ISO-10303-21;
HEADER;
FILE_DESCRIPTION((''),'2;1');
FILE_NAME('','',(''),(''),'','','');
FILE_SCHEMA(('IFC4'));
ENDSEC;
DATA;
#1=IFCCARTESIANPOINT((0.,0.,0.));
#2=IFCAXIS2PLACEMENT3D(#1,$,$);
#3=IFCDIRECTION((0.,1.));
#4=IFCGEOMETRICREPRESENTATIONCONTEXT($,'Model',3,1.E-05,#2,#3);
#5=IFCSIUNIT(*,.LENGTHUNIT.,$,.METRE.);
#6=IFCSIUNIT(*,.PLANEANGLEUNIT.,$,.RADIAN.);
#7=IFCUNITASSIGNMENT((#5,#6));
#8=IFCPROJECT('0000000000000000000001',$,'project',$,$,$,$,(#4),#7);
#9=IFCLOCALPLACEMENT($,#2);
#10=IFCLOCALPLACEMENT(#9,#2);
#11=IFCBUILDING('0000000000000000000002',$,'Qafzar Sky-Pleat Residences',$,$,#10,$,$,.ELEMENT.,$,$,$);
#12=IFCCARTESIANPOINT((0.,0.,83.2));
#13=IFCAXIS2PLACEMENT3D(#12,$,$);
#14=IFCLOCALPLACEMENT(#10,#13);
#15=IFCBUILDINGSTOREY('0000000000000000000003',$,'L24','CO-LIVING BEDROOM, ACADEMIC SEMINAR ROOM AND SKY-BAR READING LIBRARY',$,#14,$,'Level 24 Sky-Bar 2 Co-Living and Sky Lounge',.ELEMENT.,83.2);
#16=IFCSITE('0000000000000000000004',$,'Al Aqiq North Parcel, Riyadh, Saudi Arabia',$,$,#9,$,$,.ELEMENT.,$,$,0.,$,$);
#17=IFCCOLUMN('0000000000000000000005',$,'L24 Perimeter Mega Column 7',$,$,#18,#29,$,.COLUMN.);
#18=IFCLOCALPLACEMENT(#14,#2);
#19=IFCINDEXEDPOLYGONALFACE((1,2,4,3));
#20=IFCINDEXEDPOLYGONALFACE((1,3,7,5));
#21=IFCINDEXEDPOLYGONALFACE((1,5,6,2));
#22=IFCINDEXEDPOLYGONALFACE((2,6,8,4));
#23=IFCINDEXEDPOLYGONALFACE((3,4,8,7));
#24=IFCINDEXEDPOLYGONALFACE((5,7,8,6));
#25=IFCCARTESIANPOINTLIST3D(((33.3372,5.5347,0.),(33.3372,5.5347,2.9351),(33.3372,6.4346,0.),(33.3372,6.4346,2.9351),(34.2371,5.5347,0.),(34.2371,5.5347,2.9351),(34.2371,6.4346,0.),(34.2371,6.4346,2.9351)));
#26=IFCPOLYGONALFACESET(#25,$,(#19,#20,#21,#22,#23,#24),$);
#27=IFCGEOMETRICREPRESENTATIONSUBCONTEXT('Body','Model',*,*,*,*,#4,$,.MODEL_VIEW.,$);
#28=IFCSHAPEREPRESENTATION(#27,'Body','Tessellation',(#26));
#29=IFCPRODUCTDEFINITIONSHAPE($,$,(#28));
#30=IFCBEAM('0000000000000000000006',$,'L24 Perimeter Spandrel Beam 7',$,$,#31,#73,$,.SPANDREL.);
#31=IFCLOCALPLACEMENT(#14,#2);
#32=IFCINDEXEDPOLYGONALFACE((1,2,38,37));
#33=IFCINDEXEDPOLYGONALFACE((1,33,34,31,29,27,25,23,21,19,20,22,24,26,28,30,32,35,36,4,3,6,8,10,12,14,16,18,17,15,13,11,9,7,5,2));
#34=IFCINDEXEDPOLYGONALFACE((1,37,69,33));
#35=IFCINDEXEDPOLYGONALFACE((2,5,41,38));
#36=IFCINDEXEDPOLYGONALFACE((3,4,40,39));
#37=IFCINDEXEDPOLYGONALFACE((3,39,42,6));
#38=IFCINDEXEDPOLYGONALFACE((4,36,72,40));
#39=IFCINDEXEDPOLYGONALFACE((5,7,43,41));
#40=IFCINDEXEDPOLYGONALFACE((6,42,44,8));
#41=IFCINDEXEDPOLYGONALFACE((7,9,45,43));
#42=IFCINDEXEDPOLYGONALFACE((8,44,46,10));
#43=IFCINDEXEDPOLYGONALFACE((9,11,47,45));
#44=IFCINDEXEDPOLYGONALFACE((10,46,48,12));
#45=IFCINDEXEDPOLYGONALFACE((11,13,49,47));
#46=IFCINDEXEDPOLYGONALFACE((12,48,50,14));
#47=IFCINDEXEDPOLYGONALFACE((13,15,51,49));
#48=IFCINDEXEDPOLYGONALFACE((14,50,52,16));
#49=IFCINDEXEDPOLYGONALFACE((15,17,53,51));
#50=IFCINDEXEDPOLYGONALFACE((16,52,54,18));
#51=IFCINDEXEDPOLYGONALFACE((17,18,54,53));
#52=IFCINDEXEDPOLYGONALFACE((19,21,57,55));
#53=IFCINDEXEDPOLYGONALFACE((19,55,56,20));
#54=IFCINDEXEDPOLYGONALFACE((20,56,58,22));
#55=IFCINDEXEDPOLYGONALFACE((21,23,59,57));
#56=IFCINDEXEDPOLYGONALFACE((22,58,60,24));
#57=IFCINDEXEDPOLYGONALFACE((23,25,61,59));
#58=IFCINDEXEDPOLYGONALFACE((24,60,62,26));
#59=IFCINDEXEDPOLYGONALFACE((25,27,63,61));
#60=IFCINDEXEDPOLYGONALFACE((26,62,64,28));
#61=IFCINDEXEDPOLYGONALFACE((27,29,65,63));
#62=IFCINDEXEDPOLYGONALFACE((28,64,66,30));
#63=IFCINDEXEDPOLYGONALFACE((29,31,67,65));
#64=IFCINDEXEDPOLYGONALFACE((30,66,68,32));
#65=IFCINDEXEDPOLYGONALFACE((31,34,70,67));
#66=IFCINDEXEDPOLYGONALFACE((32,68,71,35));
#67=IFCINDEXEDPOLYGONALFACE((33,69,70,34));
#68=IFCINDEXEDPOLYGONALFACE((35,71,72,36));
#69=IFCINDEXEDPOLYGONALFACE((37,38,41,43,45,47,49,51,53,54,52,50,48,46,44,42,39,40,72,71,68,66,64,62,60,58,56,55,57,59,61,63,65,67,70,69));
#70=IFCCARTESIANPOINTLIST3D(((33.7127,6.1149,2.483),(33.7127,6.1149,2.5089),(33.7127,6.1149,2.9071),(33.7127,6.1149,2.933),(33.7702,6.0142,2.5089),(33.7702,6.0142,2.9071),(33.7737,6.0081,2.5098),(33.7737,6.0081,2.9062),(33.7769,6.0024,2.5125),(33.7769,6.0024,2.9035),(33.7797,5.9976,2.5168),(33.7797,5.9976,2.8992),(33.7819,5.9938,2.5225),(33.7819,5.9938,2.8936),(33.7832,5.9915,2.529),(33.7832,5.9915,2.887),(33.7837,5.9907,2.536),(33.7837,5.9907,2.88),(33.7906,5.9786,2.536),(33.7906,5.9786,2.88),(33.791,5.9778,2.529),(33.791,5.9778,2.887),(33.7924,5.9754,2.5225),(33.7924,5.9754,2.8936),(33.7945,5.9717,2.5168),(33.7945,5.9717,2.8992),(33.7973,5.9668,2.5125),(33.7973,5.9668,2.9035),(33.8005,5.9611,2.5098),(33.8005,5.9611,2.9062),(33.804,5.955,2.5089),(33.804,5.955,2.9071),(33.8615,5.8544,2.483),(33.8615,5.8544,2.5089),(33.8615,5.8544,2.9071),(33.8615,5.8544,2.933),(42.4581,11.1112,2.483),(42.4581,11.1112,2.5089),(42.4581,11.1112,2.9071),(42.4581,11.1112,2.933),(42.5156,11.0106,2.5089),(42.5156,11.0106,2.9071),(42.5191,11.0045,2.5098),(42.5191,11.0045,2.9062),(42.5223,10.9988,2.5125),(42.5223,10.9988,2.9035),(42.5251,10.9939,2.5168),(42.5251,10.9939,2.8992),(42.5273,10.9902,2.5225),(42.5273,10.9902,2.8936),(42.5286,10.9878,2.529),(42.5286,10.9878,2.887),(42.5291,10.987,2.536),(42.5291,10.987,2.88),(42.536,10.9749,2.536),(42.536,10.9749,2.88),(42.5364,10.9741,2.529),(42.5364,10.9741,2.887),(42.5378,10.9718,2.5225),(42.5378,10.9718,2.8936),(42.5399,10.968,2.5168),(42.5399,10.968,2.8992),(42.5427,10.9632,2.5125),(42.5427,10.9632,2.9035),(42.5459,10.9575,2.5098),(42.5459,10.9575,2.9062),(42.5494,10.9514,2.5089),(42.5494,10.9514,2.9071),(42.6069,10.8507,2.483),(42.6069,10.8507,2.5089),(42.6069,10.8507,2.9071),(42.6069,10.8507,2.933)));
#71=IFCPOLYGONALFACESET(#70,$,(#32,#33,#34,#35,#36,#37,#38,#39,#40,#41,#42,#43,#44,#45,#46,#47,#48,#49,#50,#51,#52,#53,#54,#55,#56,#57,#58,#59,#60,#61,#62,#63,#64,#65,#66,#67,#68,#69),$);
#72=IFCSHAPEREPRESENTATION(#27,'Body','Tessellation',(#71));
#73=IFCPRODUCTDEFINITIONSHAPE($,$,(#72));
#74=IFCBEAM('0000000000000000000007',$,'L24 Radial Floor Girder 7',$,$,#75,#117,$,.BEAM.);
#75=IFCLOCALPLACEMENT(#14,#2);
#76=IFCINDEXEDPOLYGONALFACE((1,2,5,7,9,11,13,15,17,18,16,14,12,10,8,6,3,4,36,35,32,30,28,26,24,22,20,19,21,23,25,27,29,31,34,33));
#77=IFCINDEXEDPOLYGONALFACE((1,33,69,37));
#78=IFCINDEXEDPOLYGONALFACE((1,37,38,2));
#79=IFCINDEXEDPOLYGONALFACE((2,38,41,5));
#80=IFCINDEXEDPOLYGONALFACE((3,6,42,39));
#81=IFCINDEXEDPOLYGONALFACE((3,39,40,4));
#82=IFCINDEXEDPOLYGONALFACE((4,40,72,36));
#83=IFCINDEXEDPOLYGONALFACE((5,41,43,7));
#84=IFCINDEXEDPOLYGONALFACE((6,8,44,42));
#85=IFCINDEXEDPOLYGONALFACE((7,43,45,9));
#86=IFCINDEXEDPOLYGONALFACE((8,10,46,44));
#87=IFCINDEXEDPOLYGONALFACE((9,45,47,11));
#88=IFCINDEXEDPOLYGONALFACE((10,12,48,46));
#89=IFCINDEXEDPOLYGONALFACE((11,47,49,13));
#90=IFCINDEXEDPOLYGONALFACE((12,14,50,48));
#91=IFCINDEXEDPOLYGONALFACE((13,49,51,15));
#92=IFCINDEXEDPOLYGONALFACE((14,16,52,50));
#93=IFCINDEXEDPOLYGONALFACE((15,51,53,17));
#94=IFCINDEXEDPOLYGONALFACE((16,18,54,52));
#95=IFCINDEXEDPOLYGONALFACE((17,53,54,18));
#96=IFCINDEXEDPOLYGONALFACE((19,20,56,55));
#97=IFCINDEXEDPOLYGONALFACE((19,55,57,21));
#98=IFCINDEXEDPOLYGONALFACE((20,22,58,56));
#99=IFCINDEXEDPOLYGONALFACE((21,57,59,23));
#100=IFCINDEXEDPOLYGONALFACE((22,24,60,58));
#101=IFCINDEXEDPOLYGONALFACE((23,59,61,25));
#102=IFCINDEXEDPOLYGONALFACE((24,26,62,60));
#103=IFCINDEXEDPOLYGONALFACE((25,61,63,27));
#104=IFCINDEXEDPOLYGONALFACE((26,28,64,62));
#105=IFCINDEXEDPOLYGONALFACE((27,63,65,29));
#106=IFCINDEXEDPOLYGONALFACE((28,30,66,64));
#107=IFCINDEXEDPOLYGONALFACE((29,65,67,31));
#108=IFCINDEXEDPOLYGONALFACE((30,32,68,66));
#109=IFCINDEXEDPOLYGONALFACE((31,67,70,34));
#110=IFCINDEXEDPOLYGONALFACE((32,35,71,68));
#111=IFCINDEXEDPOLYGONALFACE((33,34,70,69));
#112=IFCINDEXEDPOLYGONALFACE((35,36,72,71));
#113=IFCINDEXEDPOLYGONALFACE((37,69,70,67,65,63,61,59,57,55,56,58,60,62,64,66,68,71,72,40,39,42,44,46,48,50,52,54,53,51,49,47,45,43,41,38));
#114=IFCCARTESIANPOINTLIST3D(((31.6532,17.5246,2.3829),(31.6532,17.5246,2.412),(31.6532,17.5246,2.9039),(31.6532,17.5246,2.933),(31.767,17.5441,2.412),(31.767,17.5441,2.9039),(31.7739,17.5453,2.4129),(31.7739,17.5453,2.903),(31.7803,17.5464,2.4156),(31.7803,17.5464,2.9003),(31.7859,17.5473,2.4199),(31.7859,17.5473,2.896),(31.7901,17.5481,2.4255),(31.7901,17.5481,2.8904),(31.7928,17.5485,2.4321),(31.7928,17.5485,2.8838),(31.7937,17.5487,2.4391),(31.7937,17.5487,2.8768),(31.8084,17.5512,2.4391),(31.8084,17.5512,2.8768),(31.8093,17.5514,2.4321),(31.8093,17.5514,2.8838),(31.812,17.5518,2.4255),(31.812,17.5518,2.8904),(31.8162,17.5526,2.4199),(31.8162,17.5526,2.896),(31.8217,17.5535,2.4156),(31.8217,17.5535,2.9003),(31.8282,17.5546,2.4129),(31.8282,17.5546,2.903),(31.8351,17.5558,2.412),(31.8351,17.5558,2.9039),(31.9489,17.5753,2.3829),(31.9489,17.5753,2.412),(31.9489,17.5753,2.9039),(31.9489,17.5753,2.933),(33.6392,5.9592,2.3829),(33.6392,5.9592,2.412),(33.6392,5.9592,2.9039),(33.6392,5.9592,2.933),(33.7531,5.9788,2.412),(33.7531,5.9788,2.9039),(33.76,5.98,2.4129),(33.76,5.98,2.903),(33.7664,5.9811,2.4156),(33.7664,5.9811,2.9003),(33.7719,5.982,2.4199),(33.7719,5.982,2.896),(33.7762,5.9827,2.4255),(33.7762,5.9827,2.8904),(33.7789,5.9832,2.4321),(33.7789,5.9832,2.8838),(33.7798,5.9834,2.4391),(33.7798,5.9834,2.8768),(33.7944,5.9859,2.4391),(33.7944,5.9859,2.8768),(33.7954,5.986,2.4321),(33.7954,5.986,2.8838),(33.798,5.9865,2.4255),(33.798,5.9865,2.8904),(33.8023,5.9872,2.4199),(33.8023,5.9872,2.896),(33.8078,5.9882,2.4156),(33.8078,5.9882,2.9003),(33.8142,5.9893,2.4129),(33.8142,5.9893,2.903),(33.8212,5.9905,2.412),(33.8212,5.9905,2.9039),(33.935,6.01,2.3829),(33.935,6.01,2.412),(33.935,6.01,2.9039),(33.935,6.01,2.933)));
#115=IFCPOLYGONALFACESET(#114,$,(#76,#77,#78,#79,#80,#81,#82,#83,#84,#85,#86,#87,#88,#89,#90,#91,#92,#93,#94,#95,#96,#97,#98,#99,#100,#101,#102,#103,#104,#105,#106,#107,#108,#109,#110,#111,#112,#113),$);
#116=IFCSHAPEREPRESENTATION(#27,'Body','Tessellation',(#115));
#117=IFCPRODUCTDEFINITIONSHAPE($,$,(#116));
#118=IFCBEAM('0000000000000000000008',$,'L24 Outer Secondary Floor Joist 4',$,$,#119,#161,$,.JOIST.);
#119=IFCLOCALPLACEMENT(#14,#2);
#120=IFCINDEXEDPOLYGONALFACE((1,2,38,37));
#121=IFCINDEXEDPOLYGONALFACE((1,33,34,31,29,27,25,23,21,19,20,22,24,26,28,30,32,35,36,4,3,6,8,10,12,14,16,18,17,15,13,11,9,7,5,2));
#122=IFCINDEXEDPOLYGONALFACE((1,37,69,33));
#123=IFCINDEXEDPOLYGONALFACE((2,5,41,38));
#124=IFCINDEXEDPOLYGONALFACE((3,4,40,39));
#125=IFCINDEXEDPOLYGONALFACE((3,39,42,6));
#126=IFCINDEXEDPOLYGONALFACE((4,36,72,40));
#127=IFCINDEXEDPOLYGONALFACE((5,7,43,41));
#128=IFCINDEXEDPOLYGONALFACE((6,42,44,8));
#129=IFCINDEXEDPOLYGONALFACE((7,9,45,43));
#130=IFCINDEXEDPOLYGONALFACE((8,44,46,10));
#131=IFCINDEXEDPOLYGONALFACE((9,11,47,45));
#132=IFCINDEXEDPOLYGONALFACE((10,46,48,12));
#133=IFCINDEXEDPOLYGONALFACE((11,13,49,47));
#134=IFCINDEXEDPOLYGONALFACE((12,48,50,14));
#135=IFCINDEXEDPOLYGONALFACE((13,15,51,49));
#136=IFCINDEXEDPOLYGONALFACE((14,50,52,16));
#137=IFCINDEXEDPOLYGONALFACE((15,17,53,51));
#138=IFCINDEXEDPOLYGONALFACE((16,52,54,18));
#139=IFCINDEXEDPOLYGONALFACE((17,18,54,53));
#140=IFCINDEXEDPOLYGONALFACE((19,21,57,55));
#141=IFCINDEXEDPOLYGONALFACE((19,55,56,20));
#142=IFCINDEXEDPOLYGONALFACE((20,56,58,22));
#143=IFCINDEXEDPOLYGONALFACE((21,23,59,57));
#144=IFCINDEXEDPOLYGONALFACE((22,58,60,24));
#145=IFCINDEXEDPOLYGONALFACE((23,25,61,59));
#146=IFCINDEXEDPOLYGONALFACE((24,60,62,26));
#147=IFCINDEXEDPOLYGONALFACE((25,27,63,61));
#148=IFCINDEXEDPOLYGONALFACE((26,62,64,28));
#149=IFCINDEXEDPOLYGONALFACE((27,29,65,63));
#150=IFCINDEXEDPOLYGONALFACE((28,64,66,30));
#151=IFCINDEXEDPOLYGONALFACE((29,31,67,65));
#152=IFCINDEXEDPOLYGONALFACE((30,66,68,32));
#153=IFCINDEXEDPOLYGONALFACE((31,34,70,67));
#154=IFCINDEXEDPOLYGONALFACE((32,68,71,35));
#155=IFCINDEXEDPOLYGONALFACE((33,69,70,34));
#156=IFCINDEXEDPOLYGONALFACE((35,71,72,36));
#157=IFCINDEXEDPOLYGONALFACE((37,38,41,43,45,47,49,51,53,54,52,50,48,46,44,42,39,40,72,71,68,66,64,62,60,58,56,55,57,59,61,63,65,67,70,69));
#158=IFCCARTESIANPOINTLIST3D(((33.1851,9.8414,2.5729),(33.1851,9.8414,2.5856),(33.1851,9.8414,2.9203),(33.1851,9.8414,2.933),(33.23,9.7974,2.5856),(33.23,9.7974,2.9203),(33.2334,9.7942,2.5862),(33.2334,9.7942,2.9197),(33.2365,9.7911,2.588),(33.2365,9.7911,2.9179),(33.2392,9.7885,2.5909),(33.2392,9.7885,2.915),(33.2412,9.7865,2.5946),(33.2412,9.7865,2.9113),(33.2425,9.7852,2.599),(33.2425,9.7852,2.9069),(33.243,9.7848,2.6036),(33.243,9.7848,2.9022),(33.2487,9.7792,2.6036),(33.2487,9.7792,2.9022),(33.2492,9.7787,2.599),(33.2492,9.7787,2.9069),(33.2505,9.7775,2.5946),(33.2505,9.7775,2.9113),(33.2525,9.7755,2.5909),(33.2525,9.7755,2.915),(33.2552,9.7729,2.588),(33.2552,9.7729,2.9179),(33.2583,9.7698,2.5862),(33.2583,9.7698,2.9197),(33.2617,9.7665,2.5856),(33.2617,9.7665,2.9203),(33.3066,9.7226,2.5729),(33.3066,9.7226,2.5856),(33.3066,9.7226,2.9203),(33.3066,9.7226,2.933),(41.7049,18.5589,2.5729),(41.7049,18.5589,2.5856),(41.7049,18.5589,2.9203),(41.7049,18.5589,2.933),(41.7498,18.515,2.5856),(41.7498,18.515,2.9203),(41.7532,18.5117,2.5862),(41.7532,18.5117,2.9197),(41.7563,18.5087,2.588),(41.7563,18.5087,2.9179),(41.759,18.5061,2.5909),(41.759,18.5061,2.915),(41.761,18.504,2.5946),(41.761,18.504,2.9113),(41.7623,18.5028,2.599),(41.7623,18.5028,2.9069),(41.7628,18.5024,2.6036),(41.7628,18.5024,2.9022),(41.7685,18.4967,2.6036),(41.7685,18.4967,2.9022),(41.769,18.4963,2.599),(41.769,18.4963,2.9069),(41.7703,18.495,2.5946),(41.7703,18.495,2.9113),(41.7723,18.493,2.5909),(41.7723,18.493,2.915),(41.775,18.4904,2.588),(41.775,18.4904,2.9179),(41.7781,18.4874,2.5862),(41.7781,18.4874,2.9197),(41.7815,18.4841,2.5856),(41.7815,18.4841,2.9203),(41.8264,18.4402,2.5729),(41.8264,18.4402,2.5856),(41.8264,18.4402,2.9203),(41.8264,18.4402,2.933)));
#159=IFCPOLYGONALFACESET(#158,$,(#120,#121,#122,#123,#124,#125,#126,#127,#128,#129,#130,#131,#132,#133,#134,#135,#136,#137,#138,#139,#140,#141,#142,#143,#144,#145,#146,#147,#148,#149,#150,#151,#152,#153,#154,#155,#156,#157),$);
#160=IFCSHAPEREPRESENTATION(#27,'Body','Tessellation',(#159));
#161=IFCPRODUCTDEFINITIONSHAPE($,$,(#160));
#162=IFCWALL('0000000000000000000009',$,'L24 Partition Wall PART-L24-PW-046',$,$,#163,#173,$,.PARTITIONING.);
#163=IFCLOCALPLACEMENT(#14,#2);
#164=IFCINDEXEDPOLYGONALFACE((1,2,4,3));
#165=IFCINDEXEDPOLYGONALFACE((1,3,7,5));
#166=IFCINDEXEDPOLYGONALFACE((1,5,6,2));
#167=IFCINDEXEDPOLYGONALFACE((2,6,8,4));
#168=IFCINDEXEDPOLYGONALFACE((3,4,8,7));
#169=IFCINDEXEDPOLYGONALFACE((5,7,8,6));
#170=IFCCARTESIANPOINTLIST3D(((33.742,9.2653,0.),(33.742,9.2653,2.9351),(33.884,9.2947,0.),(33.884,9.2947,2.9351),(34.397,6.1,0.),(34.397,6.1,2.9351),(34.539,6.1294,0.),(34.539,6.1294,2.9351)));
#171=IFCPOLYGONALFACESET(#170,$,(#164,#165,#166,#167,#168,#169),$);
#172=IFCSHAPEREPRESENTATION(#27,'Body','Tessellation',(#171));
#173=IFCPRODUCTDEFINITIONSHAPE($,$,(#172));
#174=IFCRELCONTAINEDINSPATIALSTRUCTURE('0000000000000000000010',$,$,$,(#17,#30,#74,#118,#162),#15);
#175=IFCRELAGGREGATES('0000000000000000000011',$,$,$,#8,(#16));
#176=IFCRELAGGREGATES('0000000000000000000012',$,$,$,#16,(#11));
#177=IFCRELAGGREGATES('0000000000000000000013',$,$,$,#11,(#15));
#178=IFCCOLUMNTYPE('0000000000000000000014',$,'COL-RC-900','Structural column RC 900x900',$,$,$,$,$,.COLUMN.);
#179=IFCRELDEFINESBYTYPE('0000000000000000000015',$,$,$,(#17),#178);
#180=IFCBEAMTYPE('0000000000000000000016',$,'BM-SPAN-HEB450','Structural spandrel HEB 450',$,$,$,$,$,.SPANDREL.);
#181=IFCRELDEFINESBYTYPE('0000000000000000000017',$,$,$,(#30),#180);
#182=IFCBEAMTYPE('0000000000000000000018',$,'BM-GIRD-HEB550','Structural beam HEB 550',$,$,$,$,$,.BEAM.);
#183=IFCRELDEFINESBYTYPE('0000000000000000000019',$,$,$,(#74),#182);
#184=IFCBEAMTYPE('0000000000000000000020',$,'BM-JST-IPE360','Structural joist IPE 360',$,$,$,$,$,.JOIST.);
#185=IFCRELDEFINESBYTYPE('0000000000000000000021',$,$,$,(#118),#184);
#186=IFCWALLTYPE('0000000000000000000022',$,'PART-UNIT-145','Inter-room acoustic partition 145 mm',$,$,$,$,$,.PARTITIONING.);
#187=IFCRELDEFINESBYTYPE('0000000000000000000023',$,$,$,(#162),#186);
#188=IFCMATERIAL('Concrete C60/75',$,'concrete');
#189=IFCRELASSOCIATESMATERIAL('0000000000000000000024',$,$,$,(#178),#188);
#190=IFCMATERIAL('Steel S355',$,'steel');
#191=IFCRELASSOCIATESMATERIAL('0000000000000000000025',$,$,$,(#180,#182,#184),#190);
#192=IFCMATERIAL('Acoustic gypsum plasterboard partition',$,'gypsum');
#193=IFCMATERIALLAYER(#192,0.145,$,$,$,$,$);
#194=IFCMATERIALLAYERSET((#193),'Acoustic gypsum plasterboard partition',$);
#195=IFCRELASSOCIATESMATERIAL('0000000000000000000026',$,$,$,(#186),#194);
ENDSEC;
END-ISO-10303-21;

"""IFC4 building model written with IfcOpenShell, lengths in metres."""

from ifc_helpers import new_model, si_unit, direction, frame, frame_2d, origin, origin_2d, place, context, subcontext, project, spatial, rectangle, i_section, extrude, source, transform, mapped, material, layer, layer_set, material_profile, profile_set, type_object, element, save


model = new_model("IFC4")

# Units and contexts
model_context = context("Model", 3, precision=1e-05, world=origin(), true_north=direction((0.0, 1.0)))
body_context = subcontext(model_context, "Body", "Model", "MODEL_VIEW")
ifc_project = project(units=[si_unit("LENGTHUNIT", "METRE"), si_unit("PLANEANGLEUNIT", "RADIAN")], contexts=[model_context])

# Site, building, storey
site_placement = place(None, origin())
site = spatial("IfcSite", under=ifc_project, at=site_placement, Name="Al Aqiq North Parcel, Riyadh, Saudi Arabia", CompositionType="ELEMENT", RefElevation=0.0)
building_placement = place(site_placement, origin())
building = spatial("IfcBuilding", under=site, at=building_placement, Name="Qafzar Sky-Pleat Residences", CompositionType="ELEMENT")
storey_placement = place(building_placement, frame((0.0, 0.0, 83.2)))
storey = spatial("IfcBuildingStorey", under=building, at=storey_placement, Name="L24", Description="CO-LIVING BEDROOM, ACADEMIC SEMINAR ROOM AND SKY-BAR READING LIBRARY", LongName="Level 24 Sky-Bar 2 Co-Living and Sky Lounge", CompositionType="ELEMENT", Elevation=83.2)

# Column
ifc_material_1 = material(Name="Concrete C60/75", Category="concrete")
ifc_material_profile_1 = material_profile(ifc_material_1, rectangle(XDim=0.8999, YDim=0.8999, at=origin_2d()), Name="RC 900x900")
ifc_profile_set_1 = profile_set([ifc_material_profile_1], Name="Concrete C60/75")
column_type = type_object("IfcColumnType", Name="COL-RC-900", Description="Structural column RC 900x900", PredefinedType="COLUMN", material=ifc_profile_set_1)
shared_shape_1 = source(origin(), body_context, "Body", "SweptSolid", [
    extrude(rectangle(XDim=0.8999, YDim=0.8999, at=origin_2d()), origin(), (0.0, 0.0, 1.0), 2.9351),
])
column_placement = place(storey_placement, frame((33.7871, 5.9846, 0.0), z_axis=(0.0, 0.0, 1.0), x_axis=(1.0, 0.0, 0.0)))
element("IfcColumn", 1, at=column_placement, inside=storey, type_object=column_type, Name="L24 Perimeter Mega Column 7", PredefinedType="COLUMN", context=body_context, shape_type="MappedRepresentation", body=[
    mapped(shared_shape_1, transform((0.0, 0.0, 0.0), x_axis=(1.0, 0.0, 0.0), y_axis=(0.0, 1.0, 0.0), z_axis=(0.0, 0.0, 1.0), scale=1.0)),
])

# Beams
ifc_material_2 = material(Name="Steel S355", Category="steel")
ifc_material_profile_2 = material_profile(ifc_material_2, i_section(OverallWidth=0.3, OverallDepth=0.45, WebThickness=0.0139, FlangeThickness=0.0259, FilletRadius=0.0271, at=origin_2d()), Name="HEB 450")
ifc_profile_set_2 = profile_set([ifc_material_profile_2], Name="Steel S355")
beam_type_1 = type_object("IfcBeamType", Name="BM-SPAN-HEB450", Description="Structural spandrel HEB 450", PredefinedType="SPANDREL", material=ifc_profile_set_2)
shared_shape_2 = source(origin(), body_context, "Body", "SweptSolid", [
    extrude(i_section(OverallWidth=0.3, OverallDepth=0.45, WebThickness=0.0139, FlangeThickness=0.0259, FilletRadius=0.0271, at=origin_2d()), origin(), (0.0, 0.0, 1.0), 10.072),
])
beam_1_placement = place(storey_placement, frame((33.7871, 5.9846, 2.708), z_axis=(0.868286, 0.496063, 0.0), x_axis=(-0.496063, 0.868286, 0.0)))
element("IfcBeam", 2, at=beam_1_placement, inside=storey, type_object=beam_type_1, Name="L24 Perimeter Spandrel Beam 7", PredefinedType="SPANDREL", context=body_context, shape_type="MappedRepresentation", body=[
    mapped(shared_shape_2, transform((0.0, 0.0, 0.0), x_axis=(1.0, 0.0, 0.0), y_axis=(0.0, 1.0, 0.0), z_axis=(0.0, 0.0, 1.0), scale=1.0)),
])
ifc_material_profile_3 = material_profile(ifc_material_2, i_section(OverallWidth=0.3, OverallDepth=0.55, WebThickness=0.0149, FlangeThickness=0.0291, FilletRadius=0.0271, at=origin_2d()), Name="HEB 550")
ifc_profile_set_3 = profile_set([ifc_material_profile_3], Name="Steel S355")
beam_type_2 = type_object("IfcBeamType", Name="BM-GIRD-HEB550", Description="Structural beam HEB 550", PredefinedType="BEAM", material=ifc_profile_set_3)
shared_shape_3 = source(origin(), body_context, "Body", "SweptSolid", [
    extrude(i_section(OverallWidth=0.3, OverallDepth=0.55, WebThickness=0.0149, FlangeThickness=0.0291, FilletRadius=0.0271, at=origin_2d()), origin(), (0.0, 0.0, 1.0), 11.7346),
])
beam_2_placement = place(storey_placement, frame((33.7871, 5.9846, 2.658), z_axis=(-0.169248, 0.985573, 0.0), x_axis=(-0.985573, -0.169248, 0.0)))
element("IfcBeam", 3, at=beam_2_placement, inside=storey, type_object=beam_type_2, Name="L24 Radial Floor Girder 7", PredefinedType="BEAM", context=body_context, shape_type="MappedRepresentation", body=[
    mapped(shared_shape_3, transform((0.0, 0.0, 0.0), x_axis=(1.0, 0.0, 0.0), y_axis=(0.0, 1.0, 0.0), z_axis=(0.0, 0.0, 1.0), scale=1.0)),
])
ifc_material_profile_4 = material_profile(ifc_material_2, i_section(OverallWidth=0.1699, OverallDepth=0.3601, WebThickness=0.0081, FlangeThickness=0.0127, FilletRadius=0.0181, at=origin_2d()), Name="IPE 360")
ifc_profile_set_4 = profile_set([ifc_material_profile_4], Name="Steel S355")
beam_type_3 = type_object("IfcBeamType", Name="BM-JST-IPE360", Description="Structural joist IPE 360", PredefinedType="JOIST", material=ifc_profile_set_4)
shared_shape_4 = source(origin(), body_context, "Body", "SweptSolid", [
    extrude(i_section(OverallWidth=0.1699, OverallDepth=0.3601, WebThickness=0.0081, FlangeThickness=0.0127, FilletRadius=0.0181, at=origin_2d()), origin(), (0.0, 0.0, 1.0), 12.1895),
])
beam_3_placement = place(storey_placement, frame((33.2458, 9.782, 2.7529), z_axis=(0.698949, 0.715172, 0.0), x_axis=(-0.715172, 0.698949, 0.0)))
element("IfcBeam", 4, at=beam_3_placement, inside=storey, type_object=beam_type_3, Name="L24 Outer Secondary Floor Joist 4", PredefinedType="JOIST", context=body_context, shape_type="MappedRepresentation", body=[
    mapped(shared_shape_4, transform((0.0, 0.0, 0.0), x_axis=(1.0, 0.0, 0.0), y_axis=(0.0, 1.0, 0.0), z_axis=(0.0, 0.0, 1.0), scale=1.0)),
])

# Wall
ifc_material_3 = material(Name="Acoustic gypsum plasterboard partition", Category="gypsum")
ifc_layer_1 = layer(ifc_material_3, 0.145)
ifc_layer_set_1 = layer_set([ifc_layer_1], Name="Acoustic gypsum plasterboard partition")
wall_type_1 = type_object("IfcWallType", Name="PART-UNIT-145", Description="Inter-room acoustic partition 145 mm", PredefinedType="PARTITIONING", material=ifc_layer_set_1)
wall_1_placement = place(storey_placement, frame((33.813, 9.28, 0.0), z_axis=(0.0, 0.0, 1.0), x_axis=(0.202648, -0.979252, 0.0)))
element("IfcWall", 5, at=wall_1_placement, inside=storey, type_object=wall_type_1, Name="L24 Partition Wall PART-L24-PW-046", PredefinedType="PARTITIONING", context=body_context, shape_type="SweptSolid", body=[
    extrude(rectangle(XDim=3.2324, YDim=0.145, at=frame_2d((1.6162, 0.0))), origin(), (0.0, 0.0, 1.0), 2.9351),
])

save(model, "model.ifc")
